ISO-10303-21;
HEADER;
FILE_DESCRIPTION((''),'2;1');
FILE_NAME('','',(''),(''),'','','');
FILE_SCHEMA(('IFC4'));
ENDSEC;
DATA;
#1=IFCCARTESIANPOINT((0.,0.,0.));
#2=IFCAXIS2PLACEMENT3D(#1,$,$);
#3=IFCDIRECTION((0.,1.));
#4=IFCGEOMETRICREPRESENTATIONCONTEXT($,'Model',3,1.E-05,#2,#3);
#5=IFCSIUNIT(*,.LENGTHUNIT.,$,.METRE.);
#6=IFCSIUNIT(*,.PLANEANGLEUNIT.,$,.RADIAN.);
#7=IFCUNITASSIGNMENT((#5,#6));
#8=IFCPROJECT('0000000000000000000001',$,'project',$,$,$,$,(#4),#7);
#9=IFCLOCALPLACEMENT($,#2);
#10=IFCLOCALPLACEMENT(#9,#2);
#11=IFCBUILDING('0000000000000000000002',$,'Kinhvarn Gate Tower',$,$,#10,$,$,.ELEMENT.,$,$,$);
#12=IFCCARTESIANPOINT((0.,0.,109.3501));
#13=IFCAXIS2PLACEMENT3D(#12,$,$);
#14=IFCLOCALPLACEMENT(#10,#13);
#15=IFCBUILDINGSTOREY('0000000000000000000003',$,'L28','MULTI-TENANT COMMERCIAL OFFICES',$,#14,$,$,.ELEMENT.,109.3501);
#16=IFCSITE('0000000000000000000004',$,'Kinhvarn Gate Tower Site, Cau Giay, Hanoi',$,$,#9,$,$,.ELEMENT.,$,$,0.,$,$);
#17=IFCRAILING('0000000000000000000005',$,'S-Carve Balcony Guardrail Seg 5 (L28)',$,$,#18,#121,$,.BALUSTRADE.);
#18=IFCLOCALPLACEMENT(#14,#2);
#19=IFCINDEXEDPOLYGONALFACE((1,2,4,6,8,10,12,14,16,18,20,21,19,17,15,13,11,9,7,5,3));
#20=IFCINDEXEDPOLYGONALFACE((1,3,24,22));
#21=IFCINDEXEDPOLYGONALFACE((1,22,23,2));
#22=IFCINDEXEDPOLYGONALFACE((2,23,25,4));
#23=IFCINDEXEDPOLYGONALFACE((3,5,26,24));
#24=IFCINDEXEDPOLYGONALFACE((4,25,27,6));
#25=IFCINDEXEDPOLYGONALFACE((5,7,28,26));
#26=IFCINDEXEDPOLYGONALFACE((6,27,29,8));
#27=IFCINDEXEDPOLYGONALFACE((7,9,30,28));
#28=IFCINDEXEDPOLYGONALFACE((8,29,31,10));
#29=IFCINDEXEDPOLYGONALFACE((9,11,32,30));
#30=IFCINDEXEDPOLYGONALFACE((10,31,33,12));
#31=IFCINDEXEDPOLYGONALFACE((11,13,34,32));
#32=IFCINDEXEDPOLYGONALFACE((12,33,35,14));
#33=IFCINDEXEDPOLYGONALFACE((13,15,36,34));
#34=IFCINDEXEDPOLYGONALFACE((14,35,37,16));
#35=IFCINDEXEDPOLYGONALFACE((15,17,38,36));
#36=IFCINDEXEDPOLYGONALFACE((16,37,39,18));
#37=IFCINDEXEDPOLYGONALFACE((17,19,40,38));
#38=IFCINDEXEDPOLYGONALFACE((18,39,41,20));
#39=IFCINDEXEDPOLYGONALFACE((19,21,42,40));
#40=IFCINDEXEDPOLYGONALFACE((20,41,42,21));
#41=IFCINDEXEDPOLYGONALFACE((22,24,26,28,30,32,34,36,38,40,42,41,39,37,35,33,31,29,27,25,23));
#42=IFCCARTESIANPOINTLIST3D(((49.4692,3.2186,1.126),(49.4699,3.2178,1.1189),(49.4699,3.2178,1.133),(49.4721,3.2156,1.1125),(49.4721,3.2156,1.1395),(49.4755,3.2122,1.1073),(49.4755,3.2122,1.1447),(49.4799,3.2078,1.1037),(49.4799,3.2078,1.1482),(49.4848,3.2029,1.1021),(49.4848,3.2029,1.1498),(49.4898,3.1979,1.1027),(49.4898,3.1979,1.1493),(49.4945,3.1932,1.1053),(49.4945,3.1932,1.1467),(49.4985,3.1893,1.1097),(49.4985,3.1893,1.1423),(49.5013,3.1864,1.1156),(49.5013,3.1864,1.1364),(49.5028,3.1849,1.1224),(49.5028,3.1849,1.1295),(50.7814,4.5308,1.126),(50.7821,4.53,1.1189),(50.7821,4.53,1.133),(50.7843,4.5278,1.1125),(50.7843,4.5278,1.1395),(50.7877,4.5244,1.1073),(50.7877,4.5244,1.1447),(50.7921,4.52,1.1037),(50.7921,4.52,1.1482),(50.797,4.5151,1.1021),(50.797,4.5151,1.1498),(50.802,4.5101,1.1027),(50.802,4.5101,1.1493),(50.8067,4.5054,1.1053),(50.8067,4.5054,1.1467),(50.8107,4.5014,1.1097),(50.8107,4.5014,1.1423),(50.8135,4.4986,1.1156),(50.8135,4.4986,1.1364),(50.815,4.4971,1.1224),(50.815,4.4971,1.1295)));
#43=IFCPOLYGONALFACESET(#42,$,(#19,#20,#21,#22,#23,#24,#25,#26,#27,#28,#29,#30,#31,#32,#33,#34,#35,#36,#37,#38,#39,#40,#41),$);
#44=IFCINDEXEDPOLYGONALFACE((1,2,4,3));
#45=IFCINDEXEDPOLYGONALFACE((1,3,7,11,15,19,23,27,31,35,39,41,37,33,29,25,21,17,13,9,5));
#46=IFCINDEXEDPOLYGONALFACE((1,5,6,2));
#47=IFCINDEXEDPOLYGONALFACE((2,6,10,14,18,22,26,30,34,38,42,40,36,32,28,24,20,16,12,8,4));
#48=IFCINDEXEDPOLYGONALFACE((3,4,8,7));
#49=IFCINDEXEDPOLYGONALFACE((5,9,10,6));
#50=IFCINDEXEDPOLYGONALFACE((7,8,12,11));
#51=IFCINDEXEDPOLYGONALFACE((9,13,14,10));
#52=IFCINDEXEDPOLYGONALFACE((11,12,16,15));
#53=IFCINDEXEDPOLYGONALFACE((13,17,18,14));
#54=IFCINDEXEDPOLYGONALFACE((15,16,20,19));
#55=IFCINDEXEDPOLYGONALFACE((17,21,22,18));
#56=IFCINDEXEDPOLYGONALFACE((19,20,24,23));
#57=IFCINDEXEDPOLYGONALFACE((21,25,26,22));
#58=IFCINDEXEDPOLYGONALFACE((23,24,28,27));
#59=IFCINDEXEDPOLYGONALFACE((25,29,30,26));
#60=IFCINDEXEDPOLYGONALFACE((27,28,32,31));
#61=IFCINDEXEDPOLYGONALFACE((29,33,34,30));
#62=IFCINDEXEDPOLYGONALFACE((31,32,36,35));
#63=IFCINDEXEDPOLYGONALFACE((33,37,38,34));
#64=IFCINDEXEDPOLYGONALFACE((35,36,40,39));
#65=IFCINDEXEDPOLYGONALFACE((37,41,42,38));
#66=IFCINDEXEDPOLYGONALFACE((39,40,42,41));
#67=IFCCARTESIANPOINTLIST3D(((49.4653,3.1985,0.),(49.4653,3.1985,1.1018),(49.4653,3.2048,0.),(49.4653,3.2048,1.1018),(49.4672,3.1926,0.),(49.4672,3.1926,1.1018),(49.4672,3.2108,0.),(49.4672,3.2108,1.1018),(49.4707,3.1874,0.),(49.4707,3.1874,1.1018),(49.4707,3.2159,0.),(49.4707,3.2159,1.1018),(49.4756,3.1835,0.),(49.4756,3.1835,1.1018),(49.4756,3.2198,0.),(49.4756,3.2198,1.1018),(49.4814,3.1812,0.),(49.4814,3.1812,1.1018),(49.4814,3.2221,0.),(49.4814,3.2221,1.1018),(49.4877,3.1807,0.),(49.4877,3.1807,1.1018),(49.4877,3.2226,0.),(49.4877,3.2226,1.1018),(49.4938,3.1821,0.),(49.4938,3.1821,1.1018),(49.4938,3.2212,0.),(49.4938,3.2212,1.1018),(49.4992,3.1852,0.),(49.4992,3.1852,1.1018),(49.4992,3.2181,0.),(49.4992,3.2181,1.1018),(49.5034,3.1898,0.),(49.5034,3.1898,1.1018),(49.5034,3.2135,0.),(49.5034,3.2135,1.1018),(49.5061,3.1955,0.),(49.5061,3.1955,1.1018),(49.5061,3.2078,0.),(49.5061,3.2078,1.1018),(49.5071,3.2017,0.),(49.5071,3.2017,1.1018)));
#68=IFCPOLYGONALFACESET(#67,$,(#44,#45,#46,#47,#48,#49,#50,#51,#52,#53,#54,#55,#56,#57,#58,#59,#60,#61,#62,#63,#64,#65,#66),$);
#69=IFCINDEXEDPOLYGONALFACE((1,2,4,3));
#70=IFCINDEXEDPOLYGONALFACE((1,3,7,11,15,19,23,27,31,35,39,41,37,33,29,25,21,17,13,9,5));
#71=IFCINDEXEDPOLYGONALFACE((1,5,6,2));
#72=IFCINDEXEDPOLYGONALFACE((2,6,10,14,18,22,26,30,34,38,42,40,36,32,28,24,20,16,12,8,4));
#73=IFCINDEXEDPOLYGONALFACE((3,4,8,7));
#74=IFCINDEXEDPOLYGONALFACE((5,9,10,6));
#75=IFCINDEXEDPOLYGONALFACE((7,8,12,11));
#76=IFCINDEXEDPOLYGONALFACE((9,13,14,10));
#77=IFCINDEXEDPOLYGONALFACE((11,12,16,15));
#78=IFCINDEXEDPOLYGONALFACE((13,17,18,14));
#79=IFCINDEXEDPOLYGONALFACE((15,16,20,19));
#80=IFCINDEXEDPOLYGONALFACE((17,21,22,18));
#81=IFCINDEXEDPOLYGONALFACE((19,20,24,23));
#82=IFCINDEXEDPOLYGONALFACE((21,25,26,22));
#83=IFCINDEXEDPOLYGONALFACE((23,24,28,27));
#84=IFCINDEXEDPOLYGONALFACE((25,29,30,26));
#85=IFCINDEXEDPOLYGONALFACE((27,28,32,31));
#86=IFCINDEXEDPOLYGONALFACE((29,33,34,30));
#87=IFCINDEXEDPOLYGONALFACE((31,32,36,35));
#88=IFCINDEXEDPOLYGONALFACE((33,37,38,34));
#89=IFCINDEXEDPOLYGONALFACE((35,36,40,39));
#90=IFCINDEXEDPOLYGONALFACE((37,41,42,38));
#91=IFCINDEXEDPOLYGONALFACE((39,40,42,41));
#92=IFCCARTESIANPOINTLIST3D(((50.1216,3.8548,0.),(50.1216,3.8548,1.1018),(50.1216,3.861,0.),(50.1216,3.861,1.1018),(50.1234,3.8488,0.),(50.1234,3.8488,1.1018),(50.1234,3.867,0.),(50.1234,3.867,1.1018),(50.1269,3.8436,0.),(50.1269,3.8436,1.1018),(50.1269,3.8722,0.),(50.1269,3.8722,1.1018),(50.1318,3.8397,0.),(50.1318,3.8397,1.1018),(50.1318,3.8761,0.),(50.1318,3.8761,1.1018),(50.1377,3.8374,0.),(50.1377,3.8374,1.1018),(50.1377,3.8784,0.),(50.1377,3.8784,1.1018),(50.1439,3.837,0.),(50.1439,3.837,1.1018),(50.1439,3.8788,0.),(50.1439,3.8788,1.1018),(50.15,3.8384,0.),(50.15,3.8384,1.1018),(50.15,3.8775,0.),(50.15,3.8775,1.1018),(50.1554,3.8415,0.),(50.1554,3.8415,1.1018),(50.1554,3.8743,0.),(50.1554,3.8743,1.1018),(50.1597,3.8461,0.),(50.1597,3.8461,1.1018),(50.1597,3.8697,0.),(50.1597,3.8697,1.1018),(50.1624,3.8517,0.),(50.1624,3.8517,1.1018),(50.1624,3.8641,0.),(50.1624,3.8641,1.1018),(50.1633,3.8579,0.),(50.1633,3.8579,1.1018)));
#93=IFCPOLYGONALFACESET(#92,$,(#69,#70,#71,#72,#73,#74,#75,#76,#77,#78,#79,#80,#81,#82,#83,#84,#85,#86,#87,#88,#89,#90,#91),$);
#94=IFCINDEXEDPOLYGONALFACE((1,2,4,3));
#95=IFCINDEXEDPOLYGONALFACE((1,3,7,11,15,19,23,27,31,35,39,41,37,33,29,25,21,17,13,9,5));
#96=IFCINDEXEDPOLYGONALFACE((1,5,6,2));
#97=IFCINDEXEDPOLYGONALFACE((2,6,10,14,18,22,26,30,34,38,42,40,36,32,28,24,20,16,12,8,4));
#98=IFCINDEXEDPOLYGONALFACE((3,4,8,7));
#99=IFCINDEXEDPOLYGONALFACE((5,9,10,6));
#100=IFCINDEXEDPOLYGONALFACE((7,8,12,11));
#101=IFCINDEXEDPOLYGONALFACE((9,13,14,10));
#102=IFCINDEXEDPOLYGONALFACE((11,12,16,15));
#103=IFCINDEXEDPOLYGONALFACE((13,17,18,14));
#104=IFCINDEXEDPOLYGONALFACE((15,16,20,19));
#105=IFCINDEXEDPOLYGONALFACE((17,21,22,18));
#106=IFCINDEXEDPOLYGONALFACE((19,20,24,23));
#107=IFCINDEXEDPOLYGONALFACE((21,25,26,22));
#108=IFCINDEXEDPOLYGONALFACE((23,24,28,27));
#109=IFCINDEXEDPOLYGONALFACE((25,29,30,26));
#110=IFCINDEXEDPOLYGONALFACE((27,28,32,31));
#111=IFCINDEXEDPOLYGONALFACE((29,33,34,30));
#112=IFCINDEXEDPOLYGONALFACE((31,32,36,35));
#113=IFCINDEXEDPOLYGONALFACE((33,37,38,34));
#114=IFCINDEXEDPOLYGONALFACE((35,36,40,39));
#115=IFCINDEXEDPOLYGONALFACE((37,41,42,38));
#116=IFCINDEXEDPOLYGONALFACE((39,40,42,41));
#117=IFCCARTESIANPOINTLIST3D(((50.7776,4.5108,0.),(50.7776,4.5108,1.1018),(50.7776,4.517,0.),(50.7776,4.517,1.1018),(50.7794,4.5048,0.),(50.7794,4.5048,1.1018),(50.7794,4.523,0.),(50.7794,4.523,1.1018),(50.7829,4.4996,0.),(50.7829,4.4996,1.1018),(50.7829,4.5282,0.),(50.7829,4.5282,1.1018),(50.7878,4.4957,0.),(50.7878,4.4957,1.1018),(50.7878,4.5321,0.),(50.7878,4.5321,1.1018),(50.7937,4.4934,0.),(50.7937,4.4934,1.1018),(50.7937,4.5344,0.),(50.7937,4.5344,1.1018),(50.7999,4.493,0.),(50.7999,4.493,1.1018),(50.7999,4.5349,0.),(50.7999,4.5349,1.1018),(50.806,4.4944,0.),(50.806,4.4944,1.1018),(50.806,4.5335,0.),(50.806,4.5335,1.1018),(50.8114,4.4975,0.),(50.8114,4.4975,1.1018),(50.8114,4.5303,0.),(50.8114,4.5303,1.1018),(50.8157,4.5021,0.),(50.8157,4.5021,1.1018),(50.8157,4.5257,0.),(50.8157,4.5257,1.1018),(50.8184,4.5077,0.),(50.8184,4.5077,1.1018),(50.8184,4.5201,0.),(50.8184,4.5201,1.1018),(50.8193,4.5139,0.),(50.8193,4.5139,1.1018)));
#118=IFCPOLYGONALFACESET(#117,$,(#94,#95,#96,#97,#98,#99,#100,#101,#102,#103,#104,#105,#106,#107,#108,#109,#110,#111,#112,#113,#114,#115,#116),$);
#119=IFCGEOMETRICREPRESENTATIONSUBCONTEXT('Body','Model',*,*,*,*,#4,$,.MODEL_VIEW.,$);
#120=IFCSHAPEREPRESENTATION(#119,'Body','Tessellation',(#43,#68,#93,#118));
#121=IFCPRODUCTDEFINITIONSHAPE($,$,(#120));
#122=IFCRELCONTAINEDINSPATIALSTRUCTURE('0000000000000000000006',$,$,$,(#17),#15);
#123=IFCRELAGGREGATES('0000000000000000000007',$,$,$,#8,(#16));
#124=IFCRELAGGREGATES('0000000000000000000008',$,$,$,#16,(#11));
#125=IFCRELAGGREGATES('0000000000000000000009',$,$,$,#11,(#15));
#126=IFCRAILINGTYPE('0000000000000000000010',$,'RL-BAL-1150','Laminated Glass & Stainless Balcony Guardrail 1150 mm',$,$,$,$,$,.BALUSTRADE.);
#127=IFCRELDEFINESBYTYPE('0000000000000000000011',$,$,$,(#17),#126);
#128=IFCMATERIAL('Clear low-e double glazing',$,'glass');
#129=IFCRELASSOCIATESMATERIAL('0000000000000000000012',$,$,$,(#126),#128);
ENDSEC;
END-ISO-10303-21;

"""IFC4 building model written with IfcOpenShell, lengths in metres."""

from ifc_helpers import new_model, si_unit, direction, frame, origin, origin_2d, place, context, subcontext, project, spatial, circle, extrude, material, type_object, element, save


model = new_model("IFC4")

# Units and contexts
model_context = context("Model", 3, precision=1e-05, world=origin(), true_north=direction((0.0, 1.0)))
body_context = subcontext(model_context, "Body", "Model", "MODEL_VIEW")
ifc_project = project(units=[si_unit("LENGTHUNIT", "METRE"), si_unit("PLANEANGLEUNIT", "RADIAN")], contexts=[model_context])

# Site, building, storey
site_placement = place(None, origin())
site = spatial("IfcSite", under=ifc_project, at=site_placement, Name="Kinhvarn Gate Tower Site, Cau Giay, Hanoi", CompositionType="ELEMENT", RefElevation=0.0)
building_placement = place(site_placement, origin())
building = spatial("IfcBuilding", under=site, at=building_placement, Name="Kinhvarn Gate Tower", CompositionType="ELEMENT")
storey_placement = place(building_placement, frame((0.0, 0.0, 109.3501)))
storey = spatial("IfcBuildingStorey", under=building, at=storey_placement, Name="L28", Description="MULTI-TENANT COMMERCIAL OFFICES", CompositionType="ELEMENT", Elevation=109.3501)

# Shared definitions
ifc_material_1 = material(Name="Clear low-e double glazing", Category="glass")

# Railing
railing_type = type_object("IfcRailingType", Name="RL-BAL-1150", Description="Laminated Glass & Stainless Balcony Guardrail 1150 mm", PredefinedType="BALUSTRADE", material=ifc_material_1)
railing_1_placement = place(storey_placement, frame((49.4861, 3.2017, 0.0)))
element("IfcRailing", 1, at=railing_1_placement, inside=storey, type_object=railing_type, Name="S-Carve Balcony Guardrail Seg 5 (L28)", PredefinedType="BALUSTRADE", context=body_context, shape_type="SweptSolid", body=[
    extrude(circle(Radius=0.0239, at=origin_2d()), frame((0.0, 0.0, 1.126), z_axis=(0.707107, 0.707107, 0.0), x_axis=(-0.707107, 0.707107, 0.0)), (0.0, 0.0, 1.0), 1.8557),
    extrude(circle(Radius=0.021, at=origin_2d()), origin(), (0.0, 0.0, 1.0), 1.1018),
    extrude(circle(Radius=0.021, at=origin_2d()), frame((0.6562, 0.6562, 0.0)), (0.0, 0.0, 1.0), 1.1018),
    extrude(circle(Radius=0.021, at=origin_2d()), frame((1.3123, 1.3123, 0.0)), (0.0, 0.0, 1.0), 1.1018),
])

save(model, "model.ifc")
